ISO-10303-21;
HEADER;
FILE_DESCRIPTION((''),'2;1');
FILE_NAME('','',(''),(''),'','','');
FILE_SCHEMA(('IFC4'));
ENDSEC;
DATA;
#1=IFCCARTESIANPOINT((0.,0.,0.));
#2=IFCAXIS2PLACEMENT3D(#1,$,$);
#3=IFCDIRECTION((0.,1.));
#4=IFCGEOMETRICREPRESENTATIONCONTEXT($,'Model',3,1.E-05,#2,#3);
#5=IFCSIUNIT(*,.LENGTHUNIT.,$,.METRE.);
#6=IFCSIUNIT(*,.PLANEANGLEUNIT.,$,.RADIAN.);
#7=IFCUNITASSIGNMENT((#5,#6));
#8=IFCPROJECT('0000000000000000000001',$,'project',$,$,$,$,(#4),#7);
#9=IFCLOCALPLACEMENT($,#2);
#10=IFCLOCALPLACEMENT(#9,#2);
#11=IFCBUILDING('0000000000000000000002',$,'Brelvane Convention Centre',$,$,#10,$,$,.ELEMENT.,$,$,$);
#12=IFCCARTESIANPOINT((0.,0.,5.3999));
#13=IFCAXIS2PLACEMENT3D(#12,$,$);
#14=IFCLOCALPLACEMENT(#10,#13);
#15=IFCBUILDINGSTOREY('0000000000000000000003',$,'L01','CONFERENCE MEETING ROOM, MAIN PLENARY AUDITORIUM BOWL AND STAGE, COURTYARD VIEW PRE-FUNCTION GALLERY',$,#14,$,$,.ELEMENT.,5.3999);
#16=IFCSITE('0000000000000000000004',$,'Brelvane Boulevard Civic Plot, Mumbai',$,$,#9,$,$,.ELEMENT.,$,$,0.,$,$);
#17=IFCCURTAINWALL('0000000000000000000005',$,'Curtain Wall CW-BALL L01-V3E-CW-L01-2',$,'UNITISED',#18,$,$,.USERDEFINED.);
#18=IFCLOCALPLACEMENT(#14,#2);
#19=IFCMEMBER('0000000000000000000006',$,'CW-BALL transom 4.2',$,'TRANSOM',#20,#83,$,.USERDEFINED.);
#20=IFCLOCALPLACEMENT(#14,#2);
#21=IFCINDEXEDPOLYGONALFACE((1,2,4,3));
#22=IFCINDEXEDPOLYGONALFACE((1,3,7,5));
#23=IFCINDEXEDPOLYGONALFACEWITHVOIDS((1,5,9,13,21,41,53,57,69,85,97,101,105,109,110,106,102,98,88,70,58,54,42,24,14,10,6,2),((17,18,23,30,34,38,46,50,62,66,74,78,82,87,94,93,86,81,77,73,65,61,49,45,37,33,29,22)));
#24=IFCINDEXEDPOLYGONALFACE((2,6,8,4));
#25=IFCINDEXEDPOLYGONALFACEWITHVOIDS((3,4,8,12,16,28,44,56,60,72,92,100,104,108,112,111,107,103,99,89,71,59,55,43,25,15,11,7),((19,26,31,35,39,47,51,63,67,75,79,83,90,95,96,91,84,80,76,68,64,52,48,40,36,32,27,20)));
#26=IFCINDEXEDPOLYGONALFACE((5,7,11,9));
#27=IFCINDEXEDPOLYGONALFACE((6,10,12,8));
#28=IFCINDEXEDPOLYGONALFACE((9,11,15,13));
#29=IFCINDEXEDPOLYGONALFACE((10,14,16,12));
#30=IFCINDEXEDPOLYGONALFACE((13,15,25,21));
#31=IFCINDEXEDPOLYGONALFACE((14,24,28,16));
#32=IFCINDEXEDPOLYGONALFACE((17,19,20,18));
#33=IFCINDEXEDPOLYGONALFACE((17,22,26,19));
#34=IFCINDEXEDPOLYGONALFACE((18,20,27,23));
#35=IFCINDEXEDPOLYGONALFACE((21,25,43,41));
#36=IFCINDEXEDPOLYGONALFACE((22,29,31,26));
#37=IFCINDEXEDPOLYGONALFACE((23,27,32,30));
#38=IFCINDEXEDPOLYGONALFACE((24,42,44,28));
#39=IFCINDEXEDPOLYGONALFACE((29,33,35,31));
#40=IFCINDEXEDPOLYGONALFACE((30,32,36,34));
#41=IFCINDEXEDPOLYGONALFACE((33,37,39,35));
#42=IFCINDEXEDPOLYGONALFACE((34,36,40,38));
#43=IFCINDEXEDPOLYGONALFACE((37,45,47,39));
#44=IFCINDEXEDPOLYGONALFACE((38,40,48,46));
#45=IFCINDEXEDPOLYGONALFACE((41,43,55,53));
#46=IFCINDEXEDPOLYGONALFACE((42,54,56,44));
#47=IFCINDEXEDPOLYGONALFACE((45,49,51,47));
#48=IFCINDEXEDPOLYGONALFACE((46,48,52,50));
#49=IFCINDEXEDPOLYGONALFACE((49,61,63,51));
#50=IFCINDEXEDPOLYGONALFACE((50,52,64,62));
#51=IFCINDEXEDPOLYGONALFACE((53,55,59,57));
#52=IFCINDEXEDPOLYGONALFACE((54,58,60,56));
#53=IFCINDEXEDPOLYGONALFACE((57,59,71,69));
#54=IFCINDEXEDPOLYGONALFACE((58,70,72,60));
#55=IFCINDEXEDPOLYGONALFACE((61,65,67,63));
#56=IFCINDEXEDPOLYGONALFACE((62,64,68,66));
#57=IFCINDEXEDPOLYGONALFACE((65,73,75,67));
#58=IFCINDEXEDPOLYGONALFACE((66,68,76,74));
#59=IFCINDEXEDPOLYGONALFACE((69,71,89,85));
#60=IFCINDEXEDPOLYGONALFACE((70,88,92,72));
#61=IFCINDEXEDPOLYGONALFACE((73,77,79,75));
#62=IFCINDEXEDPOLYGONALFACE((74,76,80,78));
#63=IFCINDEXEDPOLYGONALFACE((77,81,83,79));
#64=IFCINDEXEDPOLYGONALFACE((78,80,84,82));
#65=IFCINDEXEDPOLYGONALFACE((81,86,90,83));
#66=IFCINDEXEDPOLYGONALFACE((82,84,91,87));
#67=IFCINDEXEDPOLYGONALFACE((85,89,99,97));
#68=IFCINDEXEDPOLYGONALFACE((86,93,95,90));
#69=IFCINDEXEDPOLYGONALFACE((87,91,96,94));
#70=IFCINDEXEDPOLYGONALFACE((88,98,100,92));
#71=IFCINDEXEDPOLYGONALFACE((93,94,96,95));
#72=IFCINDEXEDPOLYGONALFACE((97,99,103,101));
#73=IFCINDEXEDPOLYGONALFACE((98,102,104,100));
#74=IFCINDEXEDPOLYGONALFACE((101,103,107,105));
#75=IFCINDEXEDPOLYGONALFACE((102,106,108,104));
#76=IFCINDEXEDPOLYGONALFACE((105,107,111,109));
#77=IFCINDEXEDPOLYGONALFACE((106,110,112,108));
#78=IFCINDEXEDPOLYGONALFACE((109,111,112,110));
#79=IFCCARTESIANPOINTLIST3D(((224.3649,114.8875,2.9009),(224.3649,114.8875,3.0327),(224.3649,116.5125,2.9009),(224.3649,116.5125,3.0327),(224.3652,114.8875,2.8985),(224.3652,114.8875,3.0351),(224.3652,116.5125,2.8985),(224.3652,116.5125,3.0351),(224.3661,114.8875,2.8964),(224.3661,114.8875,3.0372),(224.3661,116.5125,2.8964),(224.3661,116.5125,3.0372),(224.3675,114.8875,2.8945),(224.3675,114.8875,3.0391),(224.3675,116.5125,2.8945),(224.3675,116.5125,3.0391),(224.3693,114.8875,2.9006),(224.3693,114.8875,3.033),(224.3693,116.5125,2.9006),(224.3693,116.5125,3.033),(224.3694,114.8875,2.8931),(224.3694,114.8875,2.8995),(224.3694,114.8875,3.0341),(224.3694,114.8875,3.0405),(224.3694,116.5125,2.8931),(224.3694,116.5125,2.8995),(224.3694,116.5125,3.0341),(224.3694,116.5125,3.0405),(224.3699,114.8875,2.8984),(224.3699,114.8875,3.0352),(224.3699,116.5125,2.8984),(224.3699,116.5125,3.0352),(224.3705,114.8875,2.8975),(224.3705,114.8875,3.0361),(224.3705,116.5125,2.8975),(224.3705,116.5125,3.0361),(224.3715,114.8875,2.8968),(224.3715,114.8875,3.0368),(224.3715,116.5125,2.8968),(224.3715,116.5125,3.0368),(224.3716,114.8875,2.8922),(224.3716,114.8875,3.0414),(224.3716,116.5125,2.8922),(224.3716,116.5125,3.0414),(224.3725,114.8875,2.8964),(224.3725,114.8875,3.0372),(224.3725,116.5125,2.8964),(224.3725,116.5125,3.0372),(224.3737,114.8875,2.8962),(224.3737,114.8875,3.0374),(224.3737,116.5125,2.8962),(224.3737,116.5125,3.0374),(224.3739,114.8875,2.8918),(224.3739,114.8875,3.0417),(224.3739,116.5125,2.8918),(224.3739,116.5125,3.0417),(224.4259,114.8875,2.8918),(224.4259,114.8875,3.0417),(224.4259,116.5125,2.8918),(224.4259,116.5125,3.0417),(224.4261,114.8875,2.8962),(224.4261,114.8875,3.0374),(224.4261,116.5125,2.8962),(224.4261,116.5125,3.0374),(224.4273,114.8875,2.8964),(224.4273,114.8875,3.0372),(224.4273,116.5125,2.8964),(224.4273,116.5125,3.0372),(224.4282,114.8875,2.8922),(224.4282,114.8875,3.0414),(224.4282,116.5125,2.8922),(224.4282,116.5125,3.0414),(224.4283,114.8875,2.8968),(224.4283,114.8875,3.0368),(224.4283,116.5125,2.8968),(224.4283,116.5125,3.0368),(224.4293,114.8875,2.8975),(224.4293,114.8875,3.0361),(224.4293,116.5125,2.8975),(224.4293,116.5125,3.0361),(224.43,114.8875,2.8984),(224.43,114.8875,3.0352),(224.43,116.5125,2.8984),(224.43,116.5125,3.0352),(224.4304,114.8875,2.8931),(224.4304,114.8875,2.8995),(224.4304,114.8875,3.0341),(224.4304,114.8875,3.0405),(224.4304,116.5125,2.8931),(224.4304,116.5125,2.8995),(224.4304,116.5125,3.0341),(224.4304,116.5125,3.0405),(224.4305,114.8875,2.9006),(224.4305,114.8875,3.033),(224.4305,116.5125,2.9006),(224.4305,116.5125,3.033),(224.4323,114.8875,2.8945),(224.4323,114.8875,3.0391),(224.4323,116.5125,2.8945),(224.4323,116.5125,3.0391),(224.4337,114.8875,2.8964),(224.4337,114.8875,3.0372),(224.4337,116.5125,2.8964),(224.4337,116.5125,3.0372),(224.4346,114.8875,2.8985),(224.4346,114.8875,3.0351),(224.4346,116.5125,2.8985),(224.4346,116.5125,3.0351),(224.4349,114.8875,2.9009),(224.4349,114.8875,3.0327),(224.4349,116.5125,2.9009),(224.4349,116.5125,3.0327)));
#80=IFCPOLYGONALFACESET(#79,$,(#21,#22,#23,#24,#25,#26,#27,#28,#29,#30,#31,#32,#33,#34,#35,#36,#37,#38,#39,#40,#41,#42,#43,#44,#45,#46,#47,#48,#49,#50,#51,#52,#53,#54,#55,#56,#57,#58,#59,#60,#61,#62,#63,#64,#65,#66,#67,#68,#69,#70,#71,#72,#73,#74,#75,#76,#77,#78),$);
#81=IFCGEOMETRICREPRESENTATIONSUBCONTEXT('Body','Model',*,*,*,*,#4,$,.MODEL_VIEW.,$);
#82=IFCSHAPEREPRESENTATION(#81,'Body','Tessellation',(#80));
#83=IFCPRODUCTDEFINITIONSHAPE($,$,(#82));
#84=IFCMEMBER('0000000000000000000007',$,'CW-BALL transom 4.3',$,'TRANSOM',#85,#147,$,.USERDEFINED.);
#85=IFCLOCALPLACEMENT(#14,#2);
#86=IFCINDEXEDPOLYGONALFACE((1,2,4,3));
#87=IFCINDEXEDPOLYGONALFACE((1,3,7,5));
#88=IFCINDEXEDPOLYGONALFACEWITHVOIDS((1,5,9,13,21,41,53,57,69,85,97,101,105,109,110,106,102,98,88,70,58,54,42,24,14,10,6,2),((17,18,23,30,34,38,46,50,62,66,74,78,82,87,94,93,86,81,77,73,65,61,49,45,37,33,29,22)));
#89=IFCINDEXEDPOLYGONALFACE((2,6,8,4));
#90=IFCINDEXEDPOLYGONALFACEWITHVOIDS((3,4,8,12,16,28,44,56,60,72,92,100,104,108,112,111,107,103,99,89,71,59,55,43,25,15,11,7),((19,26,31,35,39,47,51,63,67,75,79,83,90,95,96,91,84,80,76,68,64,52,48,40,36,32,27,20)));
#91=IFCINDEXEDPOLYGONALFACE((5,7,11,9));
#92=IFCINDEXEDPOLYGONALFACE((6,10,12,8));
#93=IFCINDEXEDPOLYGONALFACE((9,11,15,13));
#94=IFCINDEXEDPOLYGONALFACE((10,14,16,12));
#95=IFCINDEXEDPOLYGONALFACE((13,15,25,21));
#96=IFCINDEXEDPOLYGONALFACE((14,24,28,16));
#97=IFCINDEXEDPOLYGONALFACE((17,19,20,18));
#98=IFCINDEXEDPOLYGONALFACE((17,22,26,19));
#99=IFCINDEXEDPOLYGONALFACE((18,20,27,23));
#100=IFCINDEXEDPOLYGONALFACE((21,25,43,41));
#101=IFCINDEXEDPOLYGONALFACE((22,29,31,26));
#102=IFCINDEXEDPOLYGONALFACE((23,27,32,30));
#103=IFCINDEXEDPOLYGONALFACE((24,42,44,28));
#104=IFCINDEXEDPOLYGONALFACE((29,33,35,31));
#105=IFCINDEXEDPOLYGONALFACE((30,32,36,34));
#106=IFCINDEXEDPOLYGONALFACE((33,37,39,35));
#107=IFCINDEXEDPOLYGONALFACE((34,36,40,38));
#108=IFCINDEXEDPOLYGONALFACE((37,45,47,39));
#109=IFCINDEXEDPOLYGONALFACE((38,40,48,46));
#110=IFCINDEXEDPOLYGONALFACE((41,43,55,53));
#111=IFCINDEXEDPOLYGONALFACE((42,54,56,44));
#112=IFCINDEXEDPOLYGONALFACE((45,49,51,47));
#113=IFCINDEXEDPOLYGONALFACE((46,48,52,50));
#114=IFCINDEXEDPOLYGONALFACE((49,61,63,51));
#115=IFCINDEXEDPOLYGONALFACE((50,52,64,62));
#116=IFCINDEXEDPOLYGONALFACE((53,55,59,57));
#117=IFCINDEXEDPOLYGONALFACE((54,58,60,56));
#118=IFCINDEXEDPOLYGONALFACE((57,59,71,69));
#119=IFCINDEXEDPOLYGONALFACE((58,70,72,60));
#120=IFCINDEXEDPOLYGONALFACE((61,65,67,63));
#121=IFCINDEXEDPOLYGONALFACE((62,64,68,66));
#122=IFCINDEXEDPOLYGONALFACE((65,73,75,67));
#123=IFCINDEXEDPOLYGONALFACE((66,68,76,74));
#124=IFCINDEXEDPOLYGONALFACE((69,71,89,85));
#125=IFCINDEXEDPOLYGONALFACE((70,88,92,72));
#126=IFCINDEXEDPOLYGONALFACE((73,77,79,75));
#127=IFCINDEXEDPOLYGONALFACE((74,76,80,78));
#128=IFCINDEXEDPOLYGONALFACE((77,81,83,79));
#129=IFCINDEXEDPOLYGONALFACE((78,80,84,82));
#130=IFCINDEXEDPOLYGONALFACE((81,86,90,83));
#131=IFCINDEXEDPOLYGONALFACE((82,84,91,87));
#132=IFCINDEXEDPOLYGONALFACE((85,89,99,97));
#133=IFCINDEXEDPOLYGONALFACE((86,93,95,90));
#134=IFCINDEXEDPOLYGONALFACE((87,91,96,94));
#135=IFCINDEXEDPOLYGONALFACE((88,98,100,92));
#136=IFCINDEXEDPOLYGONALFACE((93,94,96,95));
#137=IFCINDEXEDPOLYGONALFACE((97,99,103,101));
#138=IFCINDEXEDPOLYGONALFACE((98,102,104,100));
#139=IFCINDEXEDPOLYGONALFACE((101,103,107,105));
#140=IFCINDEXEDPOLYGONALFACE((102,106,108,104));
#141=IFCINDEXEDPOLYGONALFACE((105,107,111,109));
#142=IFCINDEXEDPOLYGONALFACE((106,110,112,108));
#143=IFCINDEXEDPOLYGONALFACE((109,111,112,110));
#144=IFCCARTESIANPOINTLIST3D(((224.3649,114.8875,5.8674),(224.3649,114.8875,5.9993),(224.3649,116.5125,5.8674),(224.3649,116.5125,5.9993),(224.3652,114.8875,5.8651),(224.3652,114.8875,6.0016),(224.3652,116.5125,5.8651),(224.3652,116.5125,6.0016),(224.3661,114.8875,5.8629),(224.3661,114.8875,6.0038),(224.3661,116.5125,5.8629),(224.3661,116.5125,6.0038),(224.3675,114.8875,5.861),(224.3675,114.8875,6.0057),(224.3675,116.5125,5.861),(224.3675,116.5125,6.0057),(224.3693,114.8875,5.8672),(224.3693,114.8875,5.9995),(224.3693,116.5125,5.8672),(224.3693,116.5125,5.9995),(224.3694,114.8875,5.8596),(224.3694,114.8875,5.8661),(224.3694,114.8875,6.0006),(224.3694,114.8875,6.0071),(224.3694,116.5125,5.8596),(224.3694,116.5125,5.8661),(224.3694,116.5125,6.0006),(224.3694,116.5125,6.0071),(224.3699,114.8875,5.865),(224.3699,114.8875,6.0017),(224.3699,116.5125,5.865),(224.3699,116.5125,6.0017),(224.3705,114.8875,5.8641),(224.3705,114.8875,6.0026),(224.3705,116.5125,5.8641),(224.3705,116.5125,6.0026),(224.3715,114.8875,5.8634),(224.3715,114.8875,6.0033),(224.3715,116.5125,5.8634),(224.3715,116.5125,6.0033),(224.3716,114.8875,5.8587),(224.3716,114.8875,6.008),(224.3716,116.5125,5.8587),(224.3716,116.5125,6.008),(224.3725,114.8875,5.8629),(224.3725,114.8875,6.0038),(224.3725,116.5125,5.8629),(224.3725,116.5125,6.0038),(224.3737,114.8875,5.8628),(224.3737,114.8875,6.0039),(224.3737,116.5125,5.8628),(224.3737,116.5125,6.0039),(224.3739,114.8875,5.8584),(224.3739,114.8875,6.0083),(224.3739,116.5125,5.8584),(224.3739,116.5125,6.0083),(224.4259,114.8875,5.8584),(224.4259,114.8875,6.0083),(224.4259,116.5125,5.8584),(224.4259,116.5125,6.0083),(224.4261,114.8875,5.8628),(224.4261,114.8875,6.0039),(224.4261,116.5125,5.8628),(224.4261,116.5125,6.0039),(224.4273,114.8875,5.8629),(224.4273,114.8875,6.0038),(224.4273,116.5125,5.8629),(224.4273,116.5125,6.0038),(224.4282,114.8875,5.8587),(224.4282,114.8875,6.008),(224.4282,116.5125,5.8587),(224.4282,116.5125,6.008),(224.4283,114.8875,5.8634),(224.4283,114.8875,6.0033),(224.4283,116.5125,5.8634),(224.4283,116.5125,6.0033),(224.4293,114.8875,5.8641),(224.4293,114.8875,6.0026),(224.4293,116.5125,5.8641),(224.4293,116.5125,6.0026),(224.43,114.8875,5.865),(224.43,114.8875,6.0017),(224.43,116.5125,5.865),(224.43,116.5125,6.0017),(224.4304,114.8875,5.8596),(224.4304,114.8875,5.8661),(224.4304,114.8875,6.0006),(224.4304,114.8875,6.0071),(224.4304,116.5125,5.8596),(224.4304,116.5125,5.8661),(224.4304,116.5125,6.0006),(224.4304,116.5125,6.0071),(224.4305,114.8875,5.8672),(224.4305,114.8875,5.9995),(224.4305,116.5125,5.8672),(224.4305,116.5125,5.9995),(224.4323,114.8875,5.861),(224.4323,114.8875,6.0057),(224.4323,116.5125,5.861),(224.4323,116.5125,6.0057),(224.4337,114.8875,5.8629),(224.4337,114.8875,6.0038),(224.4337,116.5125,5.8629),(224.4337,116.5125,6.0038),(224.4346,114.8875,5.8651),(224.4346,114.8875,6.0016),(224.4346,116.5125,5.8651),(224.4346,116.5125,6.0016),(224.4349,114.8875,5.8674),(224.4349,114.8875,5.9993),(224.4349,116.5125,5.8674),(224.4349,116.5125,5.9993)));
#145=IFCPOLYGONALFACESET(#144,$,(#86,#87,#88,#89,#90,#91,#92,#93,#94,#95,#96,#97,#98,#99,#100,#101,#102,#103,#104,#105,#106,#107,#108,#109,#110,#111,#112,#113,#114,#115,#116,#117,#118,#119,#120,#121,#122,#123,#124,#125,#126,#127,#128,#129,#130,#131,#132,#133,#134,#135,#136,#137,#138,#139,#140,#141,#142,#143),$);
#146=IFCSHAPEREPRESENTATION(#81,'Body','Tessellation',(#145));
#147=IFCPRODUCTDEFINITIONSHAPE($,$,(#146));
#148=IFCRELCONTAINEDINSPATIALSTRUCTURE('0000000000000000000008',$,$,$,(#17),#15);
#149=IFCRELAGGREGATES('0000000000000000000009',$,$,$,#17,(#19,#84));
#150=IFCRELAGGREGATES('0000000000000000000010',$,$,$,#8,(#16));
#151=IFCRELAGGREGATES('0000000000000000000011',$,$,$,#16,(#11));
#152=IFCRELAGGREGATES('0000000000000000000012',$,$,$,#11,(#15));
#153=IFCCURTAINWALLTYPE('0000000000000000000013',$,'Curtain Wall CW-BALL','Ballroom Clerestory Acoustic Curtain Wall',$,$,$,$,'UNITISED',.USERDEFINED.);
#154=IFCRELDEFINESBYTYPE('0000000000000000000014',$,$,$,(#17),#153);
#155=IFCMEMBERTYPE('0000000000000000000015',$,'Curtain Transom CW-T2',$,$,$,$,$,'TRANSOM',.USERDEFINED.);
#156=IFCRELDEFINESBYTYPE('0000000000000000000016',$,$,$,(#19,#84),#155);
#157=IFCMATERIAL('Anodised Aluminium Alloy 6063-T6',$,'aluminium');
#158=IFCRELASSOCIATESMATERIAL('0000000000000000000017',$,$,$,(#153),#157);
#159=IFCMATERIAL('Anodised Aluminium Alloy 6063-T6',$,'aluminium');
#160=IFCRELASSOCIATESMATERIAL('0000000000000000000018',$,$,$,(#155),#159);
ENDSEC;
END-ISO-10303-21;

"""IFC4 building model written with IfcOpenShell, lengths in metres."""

from ifc_helpers import new_model, si_unit, direction, frame, origin, origin_2d, place, context, subcontext, project, spatial, hollow_rectangle, extrude, material, material_profile, profile_set, type_object, element, aggregate, save


model = new_model("IFC4")

# Units and contexts
model_context = context("Model", 3, precision=1e-05, world=origin(), true_north=direction((0.0, 1.0)))
body_context = subcontext(model_context, "Body", "Model", "MODEL_VIEW")
ifc_project = project(units=[si_unit("LENGTHUNIT", "METRE"), si_unit("PLANEANGLEUNIT", "RADIAN")], contexts=[model_context])

# Site, building, storey
site_placement = place(None, origin())
site = spatial("IfcSite", under=ifc_project, at=site_placement, Name="Brelvane Boulevard Civic Plot, Mumbai", CompositionType="ELEMENT", RefElevation=0.0)
building_placement = place(site_placement, origin())
building = spatial("IfcBuilding", under=site, at=building_placement, Name="Brelvane Convention Centre", CompositionType="ELEMENT")
storey_placement = place(building_placement, frame((0.0, 0.0, 5.3999)))
storey = spatial("IfcBuildingStorey", under=building, at=storey_placement, Name="L01", Description="CONFERENCE MEETING ROOM, MAIN PLENARY AUDITORIUM BOWL AND STAGE, COURTYARD VIEW PRE-FUNCTION GALLERY", CompositionType="ELEMENT", Elevation=5.3999)

# Curtain wall, members
ifc_material_1 = material(Name="Anodised Aluminium Alloy 6063-T6", Category="aluminium")
curtain_wall_type = type_object("IfcCurtainWallType", Name="Curtain Wall CW-BALL", Description="Ballroom Clerestory Acoustic Curtain Wall", ElementType="UNITISED", PredefinedType="USERDEFINED", material=ifc_material_1)
curtain_wall_placement = place(storey_placement, origin())
curtain_wall = element("IfcCurtainWall", 1, at=curtain_wall_placement, inside=storey, type_object=curtain_wall_type, Name="Curtain Wall CW-BALL L01-V3E-CW-L01-2", ObjectType="UNITISED", PredefinedType="USERDEFINED")
ifc_material_2 = material(Name="Anodised Aluminium Alloy 6063-T6", Category="aluminium")
ifc_material_profile_1 = material_profile(ifc_material_2, hollow_rectangle(XDim=0.0701, YDim=0.1499, WallThickness=0.0044, InnerFilletRadius=0.0044, OuterFilletRadius=0.009, at=origin_2d()), Name="ALU-T 150x70x4.5")
ifc_profile_set_1 = profile_set([ifc_material_profile_1], Name="Anodised Aluminium Alloy 6063-T6")
member_type_1 = type_object("IfcMemberType", Name="Curtain Transom CW-T2", ElementType="TRANSOM", PredefinedType="USERDEFINED", material=ifc_profile_set_1)
member_1_placement = place(storey_placement, frame((224.3999, 114.8875, 2.9668), z_axis=(0.0, 1.0, 0.0), x_axis=(-1.0, 0.0, 0.0)))
member_1 = element("IfcMember", 2, at=member_1_placement, type_object=member_type_1, Name="CW-BALL transom 4.2", ObjectType="TRANSOM", PredefinedType="USERDEFINED", context=body_context, shape_type="SweptSolid", body=[
    extrude(hollow_rectangle(XDim=0.0701, YDim=0.1499, WallThickness=0.0044, InnerFilletRadius=0.0044, OuterFilletRadius=0.009, at=origin_2d()), origin(), (0.0, 0.0, 1.0), 1.625),
])
member_2_placement = place(storey_placement, frame((224.3999, 114.8875, 5.9333), z_axis=(0.0, 1.0, 0.0), x_axis=(-1.0, 0.0, 0.0)))
member_2 = element("IfcMember", 3, at=member_2_placement, type_object=member_type_1, Name="CW-BALL transom 4.3", ObjectType="TRANSOM", PredefinedType="USERDEFINED", context=body_context, shape_type="SweptSolid", body=[
    extrude(hollow_rectangle(XDim=0.0701, YDim=0.1499, WallThickness=0.0044, InnerFilletRadius=0.0044, OuterFilletRadius=0.009, at=origin_2d()), origin(), (0.0, 0.0, 1.0), 1.625),
])
aggregate(curtain_wall, [member_1, member_2])

save(model, "model.ifc")
